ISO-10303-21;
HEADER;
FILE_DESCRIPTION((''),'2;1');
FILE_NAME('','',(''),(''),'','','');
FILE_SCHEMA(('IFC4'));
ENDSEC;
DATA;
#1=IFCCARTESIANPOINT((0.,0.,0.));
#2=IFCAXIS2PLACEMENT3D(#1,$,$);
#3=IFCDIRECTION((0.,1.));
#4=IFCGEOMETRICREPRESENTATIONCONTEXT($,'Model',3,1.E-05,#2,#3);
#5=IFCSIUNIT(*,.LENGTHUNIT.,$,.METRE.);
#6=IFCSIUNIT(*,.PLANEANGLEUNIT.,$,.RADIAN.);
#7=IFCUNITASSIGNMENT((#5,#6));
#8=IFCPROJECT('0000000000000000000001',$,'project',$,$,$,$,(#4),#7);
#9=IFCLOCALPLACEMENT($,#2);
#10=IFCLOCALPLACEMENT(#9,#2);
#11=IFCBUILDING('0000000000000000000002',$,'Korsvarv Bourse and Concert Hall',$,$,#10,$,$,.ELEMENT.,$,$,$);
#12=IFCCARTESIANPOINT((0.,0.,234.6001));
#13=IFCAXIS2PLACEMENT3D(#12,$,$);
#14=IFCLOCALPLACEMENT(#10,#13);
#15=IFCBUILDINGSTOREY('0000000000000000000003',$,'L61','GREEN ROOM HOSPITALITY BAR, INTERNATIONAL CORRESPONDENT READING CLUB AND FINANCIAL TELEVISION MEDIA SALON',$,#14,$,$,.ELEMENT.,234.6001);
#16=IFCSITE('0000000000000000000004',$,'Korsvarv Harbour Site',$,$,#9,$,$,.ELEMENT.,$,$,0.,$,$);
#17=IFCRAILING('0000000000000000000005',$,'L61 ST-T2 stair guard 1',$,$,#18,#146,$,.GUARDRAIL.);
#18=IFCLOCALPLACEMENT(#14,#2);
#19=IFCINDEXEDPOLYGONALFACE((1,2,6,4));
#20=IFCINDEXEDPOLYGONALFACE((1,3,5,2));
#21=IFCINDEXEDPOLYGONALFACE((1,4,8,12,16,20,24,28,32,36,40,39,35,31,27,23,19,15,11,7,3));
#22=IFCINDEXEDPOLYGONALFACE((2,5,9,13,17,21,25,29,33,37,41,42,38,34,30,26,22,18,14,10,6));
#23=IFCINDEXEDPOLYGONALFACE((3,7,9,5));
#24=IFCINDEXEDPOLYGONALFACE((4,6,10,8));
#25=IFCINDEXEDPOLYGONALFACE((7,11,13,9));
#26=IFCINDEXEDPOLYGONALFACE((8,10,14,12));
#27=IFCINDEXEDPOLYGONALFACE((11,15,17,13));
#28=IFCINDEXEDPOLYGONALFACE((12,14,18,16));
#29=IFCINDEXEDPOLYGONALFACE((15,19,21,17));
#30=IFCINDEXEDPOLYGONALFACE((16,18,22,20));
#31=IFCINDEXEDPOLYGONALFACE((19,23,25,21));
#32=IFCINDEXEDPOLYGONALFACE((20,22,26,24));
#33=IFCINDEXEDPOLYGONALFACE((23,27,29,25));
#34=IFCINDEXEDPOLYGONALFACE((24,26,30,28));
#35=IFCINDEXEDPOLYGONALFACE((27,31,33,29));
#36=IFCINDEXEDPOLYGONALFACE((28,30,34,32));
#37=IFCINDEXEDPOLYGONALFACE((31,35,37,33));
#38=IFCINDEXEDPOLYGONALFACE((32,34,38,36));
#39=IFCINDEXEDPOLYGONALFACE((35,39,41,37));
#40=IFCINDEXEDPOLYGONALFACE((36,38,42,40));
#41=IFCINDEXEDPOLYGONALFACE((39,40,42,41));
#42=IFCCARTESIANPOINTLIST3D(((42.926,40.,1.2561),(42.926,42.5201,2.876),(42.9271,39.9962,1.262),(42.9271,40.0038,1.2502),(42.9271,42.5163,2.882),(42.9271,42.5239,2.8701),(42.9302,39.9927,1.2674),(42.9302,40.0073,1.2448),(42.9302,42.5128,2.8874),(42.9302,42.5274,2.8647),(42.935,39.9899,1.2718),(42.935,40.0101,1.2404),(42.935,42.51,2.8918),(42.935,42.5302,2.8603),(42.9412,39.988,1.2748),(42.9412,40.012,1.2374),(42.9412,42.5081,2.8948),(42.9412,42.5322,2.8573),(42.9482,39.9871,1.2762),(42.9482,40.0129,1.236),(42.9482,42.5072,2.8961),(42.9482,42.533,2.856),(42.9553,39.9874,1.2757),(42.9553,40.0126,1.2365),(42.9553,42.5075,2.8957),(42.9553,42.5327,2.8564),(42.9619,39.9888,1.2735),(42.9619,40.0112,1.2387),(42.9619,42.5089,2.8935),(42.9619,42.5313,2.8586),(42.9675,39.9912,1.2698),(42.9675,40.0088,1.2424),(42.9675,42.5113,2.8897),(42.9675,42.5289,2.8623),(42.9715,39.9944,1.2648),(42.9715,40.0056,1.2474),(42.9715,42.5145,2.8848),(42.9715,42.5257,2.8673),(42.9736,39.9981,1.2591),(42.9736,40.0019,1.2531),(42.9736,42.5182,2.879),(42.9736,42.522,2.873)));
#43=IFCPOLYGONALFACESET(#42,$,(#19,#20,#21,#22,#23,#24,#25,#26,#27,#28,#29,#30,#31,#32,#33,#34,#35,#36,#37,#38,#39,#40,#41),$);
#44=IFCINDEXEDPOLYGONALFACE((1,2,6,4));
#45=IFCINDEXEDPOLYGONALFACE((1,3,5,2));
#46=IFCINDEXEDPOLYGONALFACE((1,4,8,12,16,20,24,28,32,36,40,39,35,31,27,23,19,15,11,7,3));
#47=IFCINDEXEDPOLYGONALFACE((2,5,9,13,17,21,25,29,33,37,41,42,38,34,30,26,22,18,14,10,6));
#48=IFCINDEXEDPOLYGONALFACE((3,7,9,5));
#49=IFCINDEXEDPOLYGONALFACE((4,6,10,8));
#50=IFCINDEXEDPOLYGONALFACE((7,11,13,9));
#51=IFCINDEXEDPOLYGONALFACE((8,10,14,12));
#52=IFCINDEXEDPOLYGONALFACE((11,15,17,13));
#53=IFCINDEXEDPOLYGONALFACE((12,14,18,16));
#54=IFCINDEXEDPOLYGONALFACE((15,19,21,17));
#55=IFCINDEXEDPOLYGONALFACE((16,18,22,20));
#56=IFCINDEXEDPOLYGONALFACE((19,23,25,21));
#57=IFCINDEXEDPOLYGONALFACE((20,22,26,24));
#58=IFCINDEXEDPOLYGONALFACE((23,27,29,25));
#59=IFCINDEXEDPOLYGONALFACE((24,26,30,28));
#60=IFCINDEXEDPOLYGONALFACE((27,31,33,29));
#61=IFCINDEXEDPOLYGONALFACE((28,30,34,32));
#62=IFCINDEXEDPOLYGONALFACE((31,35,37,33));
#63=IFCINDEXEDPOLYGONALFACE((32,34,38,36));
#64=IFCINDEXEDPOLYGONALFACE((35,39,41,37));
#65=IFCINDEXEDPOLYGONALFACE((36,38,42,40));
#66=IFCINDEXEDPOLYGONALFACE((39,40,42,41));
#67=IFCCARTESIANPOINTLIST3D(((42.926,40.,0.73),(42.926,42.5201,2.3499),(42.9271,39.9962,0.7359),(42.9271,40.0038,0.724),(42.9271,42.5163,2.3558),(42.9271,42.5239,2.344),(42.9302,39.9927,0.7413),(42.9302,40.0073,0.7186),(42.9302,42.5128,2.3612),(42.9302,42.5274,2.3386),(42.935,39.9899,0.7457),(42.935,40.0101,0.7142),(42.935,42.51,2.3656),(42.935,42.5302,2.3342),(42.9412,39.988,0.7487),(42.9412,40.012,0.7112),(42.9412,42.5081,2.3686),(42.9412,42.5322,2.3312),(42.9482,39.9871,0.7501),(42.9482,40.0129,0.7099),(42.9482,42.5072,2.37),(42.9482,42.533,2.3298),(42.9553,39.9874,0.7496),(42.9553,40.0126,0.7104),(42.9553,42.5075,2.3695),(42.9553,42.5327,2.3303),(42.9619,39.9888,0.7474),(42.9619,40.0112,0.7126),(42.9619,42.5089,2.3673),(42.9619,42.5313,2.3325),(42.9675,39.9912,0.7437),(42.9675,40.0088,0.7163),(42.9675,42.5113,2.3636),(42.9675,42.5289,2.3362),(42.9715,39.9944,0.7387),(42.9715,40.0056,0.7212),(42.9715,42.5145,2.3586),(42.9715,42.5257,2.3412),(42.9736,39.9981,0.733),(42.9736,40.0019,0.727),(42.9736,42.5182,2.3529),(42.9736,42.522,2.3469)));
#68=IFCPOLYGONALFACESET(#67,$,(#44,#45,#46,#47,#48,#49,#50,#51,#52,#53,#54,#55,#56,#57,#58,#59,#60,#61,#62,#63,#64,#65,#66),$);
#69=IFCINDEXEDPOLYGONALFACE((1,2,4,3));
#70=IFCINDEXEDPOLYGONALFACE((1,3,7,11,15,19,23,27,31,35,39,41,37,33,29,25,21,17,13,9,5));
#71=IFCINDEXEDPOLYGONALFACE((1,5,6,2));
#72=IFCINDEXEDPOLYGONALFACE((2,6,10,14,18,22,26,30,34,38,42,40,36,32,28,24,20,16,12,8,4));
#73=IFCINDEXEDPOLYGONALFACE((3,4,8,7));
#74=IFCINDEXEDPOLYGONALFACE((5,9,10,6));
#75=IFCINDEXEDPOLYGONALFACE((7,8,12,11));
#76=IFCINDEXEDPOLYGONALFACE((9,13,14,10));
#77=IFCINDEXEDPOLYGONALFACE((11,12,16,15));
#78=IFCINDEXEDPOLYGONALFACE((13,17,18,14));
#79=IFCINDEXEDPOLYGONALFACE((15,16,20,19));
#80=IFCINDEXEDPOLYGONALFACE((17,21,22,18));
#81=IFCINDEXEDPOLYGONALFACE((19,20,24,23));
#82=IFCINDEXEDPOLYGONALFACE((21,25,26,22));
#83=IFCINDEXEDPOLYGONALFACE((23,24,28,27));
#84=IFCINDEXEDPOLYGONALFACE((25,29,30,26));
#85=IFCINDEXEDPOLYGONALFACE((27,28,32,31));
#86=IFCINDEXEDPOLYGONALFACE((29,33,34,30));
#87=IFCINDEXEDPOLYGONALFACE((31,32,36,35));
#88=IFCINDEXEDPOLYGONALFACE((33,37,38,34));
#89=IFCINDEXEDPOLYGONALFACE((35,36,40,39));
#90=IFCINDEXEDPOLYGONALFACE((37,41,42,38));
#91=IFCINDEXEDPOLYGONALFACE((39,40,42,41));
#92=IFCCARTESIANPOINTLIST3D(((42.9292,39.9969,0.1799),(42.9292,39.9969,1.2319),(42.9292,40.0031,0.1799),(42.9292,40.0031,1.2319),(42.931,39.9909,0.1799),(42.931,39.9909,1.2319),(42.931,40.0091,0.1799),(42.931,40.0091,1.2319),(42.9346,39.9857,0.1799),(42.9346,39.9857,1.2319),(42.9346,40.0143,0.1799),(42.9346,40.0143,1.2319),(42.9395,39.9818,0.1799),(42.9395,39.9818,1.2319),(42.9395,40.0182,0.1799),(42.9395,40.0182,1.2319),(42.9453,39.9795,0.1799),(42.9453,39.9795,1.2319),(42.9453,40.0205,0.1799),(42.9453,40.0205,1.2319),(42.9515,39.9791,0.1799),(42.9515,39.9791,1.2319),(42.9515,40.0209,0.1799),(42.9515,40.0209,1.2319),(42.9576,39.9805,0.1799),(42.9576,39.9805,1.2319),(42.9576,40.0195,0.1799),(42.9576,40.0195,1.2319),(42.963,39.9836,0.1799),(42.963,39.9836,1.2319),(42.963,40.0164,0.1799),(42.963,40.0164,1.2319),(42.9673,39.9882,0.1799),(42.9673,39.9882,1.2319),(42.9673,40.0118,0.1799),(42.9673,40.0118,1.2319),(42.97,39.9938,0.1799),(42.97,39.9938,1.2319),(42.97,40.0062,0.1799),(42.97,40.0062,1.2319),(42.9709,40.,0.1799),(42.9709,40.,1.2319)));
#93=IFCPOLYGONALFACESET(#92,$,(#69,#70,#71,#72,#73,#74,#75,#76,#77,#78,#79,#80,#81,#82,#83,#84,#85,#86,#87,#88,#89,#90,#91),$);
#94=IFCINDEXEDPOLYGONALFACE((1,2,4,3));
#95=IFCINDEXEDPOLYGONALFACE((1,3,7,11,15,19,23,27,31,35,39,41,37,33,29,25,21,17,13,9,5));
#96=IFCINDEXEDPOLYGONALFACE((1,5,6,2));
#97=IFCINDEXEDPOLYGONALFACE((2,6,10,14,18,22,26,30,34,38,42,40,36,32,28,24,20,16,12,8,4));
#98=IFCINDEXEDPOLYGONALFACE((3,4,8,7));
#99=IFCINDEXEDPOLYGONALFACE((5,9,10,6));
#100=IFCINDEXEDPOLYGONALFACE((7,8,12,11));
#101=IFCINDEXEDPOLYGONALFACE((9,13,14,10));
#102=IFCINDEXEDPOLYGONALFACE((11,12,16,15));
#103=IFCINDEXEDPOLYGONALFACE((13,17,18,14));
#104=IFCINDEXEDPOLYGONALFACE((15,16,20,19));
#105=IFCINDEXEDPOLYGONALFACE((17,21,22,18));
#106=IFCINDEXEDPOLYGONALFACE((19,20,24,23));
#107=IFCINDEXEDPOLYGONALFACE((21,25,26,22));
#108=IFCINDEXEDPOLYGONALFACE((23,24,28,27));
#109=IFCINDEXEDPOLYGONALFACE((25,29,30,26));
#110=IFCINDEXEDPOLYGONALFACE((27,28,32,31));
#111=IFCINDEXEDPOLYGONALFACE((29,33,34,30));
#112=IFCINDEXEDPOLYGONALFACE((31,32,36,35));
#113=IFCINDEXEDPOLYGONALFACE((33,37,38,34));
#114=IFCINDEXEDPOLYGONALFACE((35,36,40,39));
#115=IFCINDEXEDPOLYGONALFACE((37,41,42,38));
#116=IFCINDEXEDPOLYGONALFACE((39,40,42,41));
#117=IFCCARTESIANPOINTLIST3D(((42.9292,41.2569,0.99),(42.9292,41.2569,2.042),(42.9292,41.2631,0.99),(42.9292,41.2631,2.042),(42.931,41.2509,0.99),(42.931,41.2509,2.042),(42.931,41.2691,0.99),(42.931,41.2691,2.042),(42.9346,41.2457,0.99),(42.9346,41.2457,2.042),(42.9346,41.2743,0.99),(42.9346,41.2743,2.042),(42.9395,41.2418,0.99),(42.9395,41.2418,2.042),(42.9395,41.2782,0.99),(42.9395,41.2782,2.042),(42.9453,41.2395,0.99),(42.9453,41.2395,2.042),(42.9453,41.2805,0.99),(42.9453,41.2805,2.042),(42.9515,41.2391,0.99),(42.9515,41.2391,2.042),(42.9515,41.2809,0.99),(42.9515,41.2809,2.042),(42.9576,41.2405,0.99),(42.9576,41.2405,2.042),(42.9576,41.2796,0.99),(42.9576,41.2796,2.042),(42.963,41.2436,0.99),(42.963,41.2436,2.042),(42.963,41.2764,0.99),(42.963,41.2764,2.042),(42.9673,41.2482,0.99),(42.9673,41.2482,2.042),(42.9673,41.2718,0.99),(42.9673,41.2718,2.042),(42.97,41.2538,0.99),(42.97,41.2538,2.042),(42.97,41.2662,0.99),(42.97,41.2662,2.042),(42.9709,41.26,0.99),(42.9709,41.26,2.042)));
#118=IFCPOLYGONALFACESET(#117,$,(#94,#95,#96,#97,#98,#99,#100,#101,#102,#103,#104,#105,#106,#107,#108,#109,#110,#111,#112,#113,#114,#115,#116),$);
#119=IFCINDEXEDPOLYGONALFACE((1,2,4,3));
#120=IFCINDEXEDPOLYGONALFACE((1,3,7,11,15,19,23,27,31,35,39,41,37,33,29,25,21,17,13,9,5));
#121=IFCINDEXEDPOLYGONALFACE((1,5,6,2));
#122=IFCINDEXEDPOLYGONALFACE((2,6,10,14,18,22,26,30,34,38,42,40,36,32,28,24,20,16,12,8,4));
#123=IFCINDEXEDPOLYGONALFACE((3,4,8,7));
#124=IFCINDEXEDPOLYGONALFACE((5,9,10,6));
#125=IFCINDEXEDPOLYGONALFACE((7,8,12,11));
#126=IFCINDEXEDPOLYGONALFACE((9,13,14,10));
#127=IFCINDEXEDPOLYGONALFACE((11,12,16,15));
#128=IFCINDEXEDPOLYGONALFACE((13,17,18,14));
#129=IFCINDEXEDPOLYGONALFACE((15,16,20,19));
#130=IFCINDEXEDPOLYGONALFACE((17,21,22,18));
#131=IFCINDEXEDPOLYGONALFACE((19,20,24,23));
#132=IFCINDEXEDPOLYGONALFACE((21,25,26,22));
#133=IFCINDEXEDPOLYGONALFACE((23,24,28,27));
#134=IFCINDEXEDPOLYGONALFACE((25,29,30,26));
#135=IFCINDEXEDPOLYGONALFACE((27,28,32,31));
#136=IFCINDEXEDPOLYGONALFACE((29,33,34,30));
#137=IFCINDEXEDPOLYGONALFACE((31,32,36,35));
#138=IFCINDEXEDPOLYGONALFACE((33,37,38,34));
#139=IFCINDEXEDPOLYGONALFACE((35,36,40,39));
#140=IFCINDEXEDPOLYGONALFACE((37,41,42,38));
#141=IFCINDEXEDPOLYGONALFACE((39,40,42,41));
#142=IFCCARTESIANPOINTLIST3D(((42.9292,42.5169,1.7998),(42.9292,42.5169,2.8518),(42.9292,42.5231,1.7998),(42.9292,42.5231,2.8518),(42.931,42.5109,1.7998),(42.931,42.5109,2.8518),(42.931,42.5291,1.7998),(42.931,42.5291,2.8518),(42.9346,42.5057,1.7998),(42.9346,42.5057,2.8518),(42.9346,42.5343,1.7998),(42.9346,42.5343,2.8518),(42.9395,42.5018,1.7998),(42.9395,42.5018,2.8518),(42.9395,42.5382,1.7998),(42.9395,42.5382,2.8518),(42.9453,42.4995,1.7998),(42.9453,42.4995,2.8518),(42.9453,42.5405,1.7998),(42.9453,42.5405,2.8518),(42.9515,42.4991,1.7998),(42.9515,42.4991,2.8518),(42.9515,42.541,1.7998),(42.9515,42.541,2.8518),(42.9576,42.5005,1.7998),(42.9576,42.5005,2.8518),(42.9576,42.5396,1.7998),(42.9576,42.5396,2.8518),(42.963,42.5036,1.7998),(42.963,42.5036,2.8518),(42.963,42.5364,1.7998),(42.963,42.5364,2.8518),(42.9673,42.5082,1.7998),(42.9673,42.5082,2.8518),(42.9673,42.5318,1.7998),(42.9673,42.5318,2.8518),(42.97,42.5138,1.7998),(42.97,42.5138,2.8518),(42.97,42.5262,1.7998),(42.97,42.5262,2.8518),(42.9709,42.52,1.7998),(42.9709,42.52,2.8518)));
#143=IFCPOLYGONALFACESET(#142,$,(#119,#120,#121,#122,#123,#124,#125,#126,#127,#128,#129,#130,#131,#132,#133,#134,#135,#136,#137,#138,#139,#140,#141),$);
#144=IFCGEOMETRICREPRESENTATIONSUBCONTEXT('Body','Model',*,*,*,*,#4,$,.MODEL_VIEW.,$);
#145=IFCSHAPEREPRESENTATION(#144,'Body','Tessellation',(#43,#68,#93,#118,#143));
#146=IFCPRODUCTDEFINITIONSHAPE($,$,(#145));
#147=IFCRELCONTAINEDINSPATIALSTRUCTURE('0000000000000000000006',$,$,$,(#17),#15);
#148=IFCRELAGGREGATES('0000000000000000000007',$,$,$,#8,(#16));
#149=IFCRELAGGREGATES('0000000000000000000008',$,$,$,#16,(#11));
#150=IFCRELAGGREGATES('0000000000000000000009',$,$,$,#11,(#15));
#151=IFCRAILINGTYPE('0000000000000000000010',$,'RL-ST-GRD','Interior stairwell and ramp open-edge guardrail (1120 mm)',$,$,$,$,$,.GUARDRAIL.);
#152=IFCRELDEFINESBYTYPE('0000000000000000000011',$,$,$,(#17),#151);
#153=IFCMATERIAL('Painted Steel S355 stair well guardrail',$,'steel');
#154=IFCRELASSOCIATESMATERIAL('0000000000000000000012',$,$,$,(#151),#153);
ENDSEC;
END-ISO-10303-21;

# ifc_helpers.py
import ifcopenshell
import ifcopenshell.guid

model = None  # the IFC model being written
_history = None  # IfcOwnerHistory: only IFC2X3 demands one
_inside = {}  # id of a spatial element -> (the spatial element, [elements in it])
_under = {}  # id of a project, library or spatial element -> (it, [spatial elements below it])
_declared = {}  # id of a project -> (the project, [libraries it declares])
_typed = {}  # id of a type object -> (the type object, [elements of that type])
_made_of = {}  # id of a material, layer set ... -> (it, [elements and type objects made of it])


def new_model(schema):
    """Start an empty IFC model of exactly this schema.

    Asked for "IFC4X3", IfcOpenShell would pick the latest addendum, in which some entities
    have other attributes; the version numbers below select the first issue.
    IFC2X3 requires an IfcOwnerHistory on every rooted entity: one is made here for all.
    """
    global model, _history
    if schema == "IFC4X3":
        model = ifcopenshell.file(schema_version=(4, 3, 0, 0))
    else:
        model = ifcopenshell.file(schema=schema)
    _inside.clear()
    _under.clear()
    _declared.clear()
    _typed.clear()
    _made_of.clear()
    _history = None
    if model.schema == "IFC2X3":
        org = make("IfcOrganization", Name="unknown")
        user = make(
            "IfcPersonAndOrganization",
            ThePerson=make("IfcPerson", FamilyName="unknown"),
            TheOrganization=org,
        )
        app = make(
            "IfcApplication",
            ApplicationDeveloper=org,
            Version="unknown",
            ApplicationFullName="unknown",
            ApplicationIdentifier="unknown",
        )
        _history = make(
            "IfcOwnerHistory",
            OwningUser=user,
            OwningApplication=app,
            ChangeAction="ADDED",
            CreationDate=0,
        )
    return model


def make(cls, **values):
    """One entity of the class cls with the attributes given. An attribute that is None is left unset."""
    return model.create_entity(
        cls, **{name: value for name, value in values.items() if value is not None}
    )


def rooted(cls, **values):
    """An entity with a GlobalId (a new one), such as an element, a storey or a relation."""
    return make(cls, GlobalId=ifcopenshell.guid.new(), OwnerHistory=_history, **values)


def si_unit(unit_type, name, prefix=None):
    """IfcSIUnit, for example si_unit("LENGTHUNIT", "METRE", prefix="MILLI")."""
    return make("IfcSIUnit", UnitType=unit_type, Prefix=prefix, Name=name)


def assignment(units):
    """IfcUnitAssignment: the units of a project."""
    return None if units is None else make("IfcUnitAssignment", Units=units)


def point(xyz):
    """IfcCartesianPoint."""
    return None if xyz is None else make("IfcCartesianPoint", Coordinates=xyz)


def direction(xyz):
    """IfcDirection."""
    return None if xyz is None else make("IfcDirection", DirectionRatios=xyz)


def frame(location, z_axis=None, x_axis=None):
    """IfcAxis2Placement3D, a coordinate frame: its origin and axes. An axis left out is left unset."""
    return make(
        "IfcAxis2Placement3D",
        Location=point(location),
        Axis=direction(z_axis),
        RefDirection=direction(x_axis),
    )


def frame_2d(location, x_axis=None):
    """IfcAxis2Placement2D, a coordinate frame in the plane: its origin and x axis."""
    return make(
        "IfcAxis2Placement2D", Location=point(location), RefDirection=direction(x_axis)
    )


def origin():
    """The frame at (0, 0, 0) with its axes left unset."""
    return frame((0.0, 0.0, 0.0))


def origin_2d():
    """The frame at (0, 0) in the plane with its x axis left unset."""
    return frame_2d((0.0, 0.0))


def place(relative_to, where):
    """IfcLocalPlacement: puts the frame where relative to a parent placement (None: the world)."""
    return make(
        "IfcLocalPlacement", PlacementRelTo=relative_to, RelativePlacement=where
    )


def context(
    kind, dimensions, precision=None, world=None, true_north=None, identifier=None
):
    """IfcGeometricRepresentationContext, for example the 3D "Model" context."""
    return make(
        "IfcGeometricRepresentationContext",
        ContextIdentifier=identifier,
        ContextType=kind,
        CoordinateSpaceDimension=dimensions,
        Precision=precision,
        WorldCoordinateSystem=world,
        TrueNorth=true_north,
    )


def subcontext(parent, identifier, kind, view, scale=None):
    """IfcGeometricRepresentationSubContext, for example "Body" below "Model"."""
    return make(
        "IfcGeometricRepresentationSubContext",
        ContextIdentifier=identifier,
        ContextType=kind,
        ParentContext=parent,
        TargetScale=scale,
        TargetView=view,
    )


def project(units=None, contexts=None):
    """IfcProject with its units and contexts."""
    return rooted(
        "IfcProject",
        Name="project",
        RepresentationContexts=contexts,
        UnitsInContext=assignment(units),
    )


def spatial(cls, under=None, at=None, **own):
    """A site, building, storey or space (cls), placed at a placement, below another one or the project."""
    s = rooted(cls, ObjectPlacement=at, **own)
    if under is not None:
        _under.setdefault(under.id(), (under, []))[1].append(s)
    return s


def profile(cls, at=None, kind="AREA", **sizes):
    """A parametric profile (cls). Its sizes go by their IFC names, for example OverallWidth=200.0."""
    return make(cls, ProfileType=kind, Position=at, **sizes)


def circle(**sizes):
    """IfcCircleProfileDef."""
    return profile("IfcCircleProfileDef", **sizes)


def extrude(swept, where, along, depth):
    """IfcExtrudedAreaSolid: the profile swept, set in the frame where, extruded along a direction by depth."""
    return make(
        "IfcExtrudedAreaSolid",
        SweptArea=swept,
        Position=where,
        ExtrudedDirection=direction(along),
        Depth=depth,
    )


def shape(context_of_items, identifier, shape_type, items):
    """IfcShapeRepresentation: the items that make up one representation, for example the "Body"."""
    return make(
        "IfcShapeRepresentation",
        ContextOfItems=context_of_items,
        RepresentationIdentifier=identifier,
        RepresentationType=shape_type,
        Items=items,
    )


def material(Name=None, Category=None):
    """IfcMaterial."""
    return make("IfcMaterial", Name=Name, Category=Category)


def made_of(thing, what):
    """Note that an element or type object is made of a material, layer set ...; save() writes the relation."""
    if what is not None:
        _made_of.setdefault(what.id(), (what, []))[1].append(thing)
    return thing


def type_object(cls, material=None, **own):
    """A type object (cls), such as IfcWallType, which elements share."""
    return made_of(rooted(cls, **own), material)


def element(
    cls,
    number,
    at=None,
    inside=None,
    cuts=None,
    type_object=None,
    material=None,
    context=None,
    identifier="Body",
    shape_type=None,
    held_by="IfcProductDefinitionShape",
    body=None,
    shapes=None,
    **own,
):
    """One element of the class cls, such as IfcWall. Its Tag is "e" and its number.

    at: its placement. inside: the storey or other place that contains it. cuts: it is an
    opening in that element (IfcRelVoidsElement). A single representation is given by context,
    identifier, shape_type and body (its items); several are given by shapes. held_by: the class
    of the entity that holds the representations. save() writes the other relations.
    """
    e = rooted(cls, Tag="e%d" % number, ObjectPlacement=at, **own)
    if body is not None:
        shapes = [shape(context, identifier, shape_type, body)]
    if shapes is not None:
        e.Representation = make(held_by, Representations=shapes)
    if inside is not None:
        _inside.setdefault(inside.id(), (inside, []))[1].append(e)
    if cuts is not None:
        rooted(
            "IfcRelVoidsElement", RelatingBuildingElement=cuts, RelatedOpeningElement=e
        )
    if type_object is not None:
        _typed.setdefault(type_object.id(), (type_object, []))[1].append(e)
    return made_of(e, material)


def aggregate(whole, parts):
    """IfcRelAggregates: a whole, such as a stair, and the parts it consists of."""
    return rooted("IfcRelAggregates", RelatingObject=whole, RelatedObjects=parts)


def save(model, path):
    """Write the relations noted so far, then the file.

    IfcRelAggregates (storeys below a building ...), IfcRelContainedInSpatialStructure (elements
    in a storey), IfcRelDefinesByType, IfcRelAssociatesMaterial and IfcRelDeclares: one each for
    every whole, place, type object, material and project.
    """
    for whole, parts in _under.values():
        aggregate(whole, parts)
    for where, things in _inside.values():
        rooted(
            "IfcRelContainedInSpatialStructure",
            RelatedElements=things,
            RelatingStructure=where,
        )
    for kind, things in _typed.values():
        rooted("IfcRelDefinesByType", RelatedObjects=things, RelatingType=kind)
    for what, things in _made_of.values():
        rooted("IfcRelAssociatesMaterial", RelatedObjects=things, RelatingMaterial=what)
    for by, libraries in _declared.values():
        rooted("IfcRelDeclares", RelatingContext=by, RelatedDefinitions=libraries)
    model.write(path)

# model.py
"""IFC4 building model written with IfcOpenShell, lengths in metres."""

from ifc_helpers import new_model, si_unit, direction, frame, origin, origin_2d, place, context, subcontext, project, spatial, circle, extrude, material, type_object, element, save


model = new_model("IFC4")

# Units and contexts
model_context = context("Model", 3, precision=1e-05, world=origin(), true_north=direction((0.0, 1.0)))
body_context = subcontext(model_context, "Body", "Model", "MODEL_VIEW")
ifc_project = project(units=[si_unit("LENGTHUNIT", "METRE"), si_unit("PLANEANGLEUNIT", "RADIAN")], contexts=[model_context])

# Site, building, storey
site_placement = place(None, origin())
site = spatial("IfcSite", under=ifc_project, at=site_placement, Name="Korsvarv Harbour Site", CompositionType="ELEMENT", RefElevation=0.0)
building_placement = place(site_placement, origin())
building = spatial("IfcBuilding", under=site, at=building_placement, Name="Korsvarv Bourse and Concert Hall", CompositionType="ELEMENT")
storey_placement = place(building_placement, frame((0.0, 0.0, 234.6001)))
storey = spatial("IfcBuildingStorey", under=building, at=storey_placement, Name="L61", Description="GREEN ROOM HOSPITALITY BAR, INTERNATIONAL CORRESPONDENT READING CLUB AND FINANCIAL TELEVISION MEDIA SALON", CompositionType="ELEMENT", Elevation=234.6001)

# Railing
ifc_material_1 = material(Name="Painted Steel S355 stair well guardrail", Category="steel")
railing_type_1 = type_object("IfcRailingType", Name="RL-ST-GRD", Description="Interior stairwell and ramp open-edge guardrail (1120 mm)", PredefinedType="GUARDRAIL", material=ifc_material_1)
railing_1_placement = place(storey_placement, frame((42.95, 40.0, 0.1799)))
element("IfcRailing", 1, at=railing_1_placement, inside=storey, type_object=railing_type_1, Name="L61 ST-T2 stair guard 1", PredefinedType="GUARDRAIL", context=body_context, shape_type="SweptSolid", body=[
    extrude(circle(Radius=0.0239, at=origin_2d()), frame((0.0, 0.0, 1.0762), z_axis=(0.0, 0.8412, 0.540725), x_axis=(-1.0, 0.0, 0.0)), (0.0, 0.0, 1.0), 2.9958),
    extrude(circle(Radius=0.0239, at=origin_2d()), frame((0.0, 0.0, 0.55), z_axis=(0.0, 0.8412, 0.540725), x_axis=(-1.0, 0.0, 0.0)), (0.0, 0.0, 1.0), 2.9958),
    extrude(circle(Radius=0.021, at=origin_2d()), origin(), (0.0, 0.0, 1.0), 1.052),
    extrude(circle(Radius=0.021, at=origin_2d()), frame((0.0, 1.26, 0.8101)), (0.0, 0.0, 1.0), 1.052),
    extrude(circle(Radius=0.021, at=origin_2d()), frame((0.0, 2.52, 1.6199)), (0.0, 0.0, 1.0), 1.052),
])

save(model, "model.ifc")
